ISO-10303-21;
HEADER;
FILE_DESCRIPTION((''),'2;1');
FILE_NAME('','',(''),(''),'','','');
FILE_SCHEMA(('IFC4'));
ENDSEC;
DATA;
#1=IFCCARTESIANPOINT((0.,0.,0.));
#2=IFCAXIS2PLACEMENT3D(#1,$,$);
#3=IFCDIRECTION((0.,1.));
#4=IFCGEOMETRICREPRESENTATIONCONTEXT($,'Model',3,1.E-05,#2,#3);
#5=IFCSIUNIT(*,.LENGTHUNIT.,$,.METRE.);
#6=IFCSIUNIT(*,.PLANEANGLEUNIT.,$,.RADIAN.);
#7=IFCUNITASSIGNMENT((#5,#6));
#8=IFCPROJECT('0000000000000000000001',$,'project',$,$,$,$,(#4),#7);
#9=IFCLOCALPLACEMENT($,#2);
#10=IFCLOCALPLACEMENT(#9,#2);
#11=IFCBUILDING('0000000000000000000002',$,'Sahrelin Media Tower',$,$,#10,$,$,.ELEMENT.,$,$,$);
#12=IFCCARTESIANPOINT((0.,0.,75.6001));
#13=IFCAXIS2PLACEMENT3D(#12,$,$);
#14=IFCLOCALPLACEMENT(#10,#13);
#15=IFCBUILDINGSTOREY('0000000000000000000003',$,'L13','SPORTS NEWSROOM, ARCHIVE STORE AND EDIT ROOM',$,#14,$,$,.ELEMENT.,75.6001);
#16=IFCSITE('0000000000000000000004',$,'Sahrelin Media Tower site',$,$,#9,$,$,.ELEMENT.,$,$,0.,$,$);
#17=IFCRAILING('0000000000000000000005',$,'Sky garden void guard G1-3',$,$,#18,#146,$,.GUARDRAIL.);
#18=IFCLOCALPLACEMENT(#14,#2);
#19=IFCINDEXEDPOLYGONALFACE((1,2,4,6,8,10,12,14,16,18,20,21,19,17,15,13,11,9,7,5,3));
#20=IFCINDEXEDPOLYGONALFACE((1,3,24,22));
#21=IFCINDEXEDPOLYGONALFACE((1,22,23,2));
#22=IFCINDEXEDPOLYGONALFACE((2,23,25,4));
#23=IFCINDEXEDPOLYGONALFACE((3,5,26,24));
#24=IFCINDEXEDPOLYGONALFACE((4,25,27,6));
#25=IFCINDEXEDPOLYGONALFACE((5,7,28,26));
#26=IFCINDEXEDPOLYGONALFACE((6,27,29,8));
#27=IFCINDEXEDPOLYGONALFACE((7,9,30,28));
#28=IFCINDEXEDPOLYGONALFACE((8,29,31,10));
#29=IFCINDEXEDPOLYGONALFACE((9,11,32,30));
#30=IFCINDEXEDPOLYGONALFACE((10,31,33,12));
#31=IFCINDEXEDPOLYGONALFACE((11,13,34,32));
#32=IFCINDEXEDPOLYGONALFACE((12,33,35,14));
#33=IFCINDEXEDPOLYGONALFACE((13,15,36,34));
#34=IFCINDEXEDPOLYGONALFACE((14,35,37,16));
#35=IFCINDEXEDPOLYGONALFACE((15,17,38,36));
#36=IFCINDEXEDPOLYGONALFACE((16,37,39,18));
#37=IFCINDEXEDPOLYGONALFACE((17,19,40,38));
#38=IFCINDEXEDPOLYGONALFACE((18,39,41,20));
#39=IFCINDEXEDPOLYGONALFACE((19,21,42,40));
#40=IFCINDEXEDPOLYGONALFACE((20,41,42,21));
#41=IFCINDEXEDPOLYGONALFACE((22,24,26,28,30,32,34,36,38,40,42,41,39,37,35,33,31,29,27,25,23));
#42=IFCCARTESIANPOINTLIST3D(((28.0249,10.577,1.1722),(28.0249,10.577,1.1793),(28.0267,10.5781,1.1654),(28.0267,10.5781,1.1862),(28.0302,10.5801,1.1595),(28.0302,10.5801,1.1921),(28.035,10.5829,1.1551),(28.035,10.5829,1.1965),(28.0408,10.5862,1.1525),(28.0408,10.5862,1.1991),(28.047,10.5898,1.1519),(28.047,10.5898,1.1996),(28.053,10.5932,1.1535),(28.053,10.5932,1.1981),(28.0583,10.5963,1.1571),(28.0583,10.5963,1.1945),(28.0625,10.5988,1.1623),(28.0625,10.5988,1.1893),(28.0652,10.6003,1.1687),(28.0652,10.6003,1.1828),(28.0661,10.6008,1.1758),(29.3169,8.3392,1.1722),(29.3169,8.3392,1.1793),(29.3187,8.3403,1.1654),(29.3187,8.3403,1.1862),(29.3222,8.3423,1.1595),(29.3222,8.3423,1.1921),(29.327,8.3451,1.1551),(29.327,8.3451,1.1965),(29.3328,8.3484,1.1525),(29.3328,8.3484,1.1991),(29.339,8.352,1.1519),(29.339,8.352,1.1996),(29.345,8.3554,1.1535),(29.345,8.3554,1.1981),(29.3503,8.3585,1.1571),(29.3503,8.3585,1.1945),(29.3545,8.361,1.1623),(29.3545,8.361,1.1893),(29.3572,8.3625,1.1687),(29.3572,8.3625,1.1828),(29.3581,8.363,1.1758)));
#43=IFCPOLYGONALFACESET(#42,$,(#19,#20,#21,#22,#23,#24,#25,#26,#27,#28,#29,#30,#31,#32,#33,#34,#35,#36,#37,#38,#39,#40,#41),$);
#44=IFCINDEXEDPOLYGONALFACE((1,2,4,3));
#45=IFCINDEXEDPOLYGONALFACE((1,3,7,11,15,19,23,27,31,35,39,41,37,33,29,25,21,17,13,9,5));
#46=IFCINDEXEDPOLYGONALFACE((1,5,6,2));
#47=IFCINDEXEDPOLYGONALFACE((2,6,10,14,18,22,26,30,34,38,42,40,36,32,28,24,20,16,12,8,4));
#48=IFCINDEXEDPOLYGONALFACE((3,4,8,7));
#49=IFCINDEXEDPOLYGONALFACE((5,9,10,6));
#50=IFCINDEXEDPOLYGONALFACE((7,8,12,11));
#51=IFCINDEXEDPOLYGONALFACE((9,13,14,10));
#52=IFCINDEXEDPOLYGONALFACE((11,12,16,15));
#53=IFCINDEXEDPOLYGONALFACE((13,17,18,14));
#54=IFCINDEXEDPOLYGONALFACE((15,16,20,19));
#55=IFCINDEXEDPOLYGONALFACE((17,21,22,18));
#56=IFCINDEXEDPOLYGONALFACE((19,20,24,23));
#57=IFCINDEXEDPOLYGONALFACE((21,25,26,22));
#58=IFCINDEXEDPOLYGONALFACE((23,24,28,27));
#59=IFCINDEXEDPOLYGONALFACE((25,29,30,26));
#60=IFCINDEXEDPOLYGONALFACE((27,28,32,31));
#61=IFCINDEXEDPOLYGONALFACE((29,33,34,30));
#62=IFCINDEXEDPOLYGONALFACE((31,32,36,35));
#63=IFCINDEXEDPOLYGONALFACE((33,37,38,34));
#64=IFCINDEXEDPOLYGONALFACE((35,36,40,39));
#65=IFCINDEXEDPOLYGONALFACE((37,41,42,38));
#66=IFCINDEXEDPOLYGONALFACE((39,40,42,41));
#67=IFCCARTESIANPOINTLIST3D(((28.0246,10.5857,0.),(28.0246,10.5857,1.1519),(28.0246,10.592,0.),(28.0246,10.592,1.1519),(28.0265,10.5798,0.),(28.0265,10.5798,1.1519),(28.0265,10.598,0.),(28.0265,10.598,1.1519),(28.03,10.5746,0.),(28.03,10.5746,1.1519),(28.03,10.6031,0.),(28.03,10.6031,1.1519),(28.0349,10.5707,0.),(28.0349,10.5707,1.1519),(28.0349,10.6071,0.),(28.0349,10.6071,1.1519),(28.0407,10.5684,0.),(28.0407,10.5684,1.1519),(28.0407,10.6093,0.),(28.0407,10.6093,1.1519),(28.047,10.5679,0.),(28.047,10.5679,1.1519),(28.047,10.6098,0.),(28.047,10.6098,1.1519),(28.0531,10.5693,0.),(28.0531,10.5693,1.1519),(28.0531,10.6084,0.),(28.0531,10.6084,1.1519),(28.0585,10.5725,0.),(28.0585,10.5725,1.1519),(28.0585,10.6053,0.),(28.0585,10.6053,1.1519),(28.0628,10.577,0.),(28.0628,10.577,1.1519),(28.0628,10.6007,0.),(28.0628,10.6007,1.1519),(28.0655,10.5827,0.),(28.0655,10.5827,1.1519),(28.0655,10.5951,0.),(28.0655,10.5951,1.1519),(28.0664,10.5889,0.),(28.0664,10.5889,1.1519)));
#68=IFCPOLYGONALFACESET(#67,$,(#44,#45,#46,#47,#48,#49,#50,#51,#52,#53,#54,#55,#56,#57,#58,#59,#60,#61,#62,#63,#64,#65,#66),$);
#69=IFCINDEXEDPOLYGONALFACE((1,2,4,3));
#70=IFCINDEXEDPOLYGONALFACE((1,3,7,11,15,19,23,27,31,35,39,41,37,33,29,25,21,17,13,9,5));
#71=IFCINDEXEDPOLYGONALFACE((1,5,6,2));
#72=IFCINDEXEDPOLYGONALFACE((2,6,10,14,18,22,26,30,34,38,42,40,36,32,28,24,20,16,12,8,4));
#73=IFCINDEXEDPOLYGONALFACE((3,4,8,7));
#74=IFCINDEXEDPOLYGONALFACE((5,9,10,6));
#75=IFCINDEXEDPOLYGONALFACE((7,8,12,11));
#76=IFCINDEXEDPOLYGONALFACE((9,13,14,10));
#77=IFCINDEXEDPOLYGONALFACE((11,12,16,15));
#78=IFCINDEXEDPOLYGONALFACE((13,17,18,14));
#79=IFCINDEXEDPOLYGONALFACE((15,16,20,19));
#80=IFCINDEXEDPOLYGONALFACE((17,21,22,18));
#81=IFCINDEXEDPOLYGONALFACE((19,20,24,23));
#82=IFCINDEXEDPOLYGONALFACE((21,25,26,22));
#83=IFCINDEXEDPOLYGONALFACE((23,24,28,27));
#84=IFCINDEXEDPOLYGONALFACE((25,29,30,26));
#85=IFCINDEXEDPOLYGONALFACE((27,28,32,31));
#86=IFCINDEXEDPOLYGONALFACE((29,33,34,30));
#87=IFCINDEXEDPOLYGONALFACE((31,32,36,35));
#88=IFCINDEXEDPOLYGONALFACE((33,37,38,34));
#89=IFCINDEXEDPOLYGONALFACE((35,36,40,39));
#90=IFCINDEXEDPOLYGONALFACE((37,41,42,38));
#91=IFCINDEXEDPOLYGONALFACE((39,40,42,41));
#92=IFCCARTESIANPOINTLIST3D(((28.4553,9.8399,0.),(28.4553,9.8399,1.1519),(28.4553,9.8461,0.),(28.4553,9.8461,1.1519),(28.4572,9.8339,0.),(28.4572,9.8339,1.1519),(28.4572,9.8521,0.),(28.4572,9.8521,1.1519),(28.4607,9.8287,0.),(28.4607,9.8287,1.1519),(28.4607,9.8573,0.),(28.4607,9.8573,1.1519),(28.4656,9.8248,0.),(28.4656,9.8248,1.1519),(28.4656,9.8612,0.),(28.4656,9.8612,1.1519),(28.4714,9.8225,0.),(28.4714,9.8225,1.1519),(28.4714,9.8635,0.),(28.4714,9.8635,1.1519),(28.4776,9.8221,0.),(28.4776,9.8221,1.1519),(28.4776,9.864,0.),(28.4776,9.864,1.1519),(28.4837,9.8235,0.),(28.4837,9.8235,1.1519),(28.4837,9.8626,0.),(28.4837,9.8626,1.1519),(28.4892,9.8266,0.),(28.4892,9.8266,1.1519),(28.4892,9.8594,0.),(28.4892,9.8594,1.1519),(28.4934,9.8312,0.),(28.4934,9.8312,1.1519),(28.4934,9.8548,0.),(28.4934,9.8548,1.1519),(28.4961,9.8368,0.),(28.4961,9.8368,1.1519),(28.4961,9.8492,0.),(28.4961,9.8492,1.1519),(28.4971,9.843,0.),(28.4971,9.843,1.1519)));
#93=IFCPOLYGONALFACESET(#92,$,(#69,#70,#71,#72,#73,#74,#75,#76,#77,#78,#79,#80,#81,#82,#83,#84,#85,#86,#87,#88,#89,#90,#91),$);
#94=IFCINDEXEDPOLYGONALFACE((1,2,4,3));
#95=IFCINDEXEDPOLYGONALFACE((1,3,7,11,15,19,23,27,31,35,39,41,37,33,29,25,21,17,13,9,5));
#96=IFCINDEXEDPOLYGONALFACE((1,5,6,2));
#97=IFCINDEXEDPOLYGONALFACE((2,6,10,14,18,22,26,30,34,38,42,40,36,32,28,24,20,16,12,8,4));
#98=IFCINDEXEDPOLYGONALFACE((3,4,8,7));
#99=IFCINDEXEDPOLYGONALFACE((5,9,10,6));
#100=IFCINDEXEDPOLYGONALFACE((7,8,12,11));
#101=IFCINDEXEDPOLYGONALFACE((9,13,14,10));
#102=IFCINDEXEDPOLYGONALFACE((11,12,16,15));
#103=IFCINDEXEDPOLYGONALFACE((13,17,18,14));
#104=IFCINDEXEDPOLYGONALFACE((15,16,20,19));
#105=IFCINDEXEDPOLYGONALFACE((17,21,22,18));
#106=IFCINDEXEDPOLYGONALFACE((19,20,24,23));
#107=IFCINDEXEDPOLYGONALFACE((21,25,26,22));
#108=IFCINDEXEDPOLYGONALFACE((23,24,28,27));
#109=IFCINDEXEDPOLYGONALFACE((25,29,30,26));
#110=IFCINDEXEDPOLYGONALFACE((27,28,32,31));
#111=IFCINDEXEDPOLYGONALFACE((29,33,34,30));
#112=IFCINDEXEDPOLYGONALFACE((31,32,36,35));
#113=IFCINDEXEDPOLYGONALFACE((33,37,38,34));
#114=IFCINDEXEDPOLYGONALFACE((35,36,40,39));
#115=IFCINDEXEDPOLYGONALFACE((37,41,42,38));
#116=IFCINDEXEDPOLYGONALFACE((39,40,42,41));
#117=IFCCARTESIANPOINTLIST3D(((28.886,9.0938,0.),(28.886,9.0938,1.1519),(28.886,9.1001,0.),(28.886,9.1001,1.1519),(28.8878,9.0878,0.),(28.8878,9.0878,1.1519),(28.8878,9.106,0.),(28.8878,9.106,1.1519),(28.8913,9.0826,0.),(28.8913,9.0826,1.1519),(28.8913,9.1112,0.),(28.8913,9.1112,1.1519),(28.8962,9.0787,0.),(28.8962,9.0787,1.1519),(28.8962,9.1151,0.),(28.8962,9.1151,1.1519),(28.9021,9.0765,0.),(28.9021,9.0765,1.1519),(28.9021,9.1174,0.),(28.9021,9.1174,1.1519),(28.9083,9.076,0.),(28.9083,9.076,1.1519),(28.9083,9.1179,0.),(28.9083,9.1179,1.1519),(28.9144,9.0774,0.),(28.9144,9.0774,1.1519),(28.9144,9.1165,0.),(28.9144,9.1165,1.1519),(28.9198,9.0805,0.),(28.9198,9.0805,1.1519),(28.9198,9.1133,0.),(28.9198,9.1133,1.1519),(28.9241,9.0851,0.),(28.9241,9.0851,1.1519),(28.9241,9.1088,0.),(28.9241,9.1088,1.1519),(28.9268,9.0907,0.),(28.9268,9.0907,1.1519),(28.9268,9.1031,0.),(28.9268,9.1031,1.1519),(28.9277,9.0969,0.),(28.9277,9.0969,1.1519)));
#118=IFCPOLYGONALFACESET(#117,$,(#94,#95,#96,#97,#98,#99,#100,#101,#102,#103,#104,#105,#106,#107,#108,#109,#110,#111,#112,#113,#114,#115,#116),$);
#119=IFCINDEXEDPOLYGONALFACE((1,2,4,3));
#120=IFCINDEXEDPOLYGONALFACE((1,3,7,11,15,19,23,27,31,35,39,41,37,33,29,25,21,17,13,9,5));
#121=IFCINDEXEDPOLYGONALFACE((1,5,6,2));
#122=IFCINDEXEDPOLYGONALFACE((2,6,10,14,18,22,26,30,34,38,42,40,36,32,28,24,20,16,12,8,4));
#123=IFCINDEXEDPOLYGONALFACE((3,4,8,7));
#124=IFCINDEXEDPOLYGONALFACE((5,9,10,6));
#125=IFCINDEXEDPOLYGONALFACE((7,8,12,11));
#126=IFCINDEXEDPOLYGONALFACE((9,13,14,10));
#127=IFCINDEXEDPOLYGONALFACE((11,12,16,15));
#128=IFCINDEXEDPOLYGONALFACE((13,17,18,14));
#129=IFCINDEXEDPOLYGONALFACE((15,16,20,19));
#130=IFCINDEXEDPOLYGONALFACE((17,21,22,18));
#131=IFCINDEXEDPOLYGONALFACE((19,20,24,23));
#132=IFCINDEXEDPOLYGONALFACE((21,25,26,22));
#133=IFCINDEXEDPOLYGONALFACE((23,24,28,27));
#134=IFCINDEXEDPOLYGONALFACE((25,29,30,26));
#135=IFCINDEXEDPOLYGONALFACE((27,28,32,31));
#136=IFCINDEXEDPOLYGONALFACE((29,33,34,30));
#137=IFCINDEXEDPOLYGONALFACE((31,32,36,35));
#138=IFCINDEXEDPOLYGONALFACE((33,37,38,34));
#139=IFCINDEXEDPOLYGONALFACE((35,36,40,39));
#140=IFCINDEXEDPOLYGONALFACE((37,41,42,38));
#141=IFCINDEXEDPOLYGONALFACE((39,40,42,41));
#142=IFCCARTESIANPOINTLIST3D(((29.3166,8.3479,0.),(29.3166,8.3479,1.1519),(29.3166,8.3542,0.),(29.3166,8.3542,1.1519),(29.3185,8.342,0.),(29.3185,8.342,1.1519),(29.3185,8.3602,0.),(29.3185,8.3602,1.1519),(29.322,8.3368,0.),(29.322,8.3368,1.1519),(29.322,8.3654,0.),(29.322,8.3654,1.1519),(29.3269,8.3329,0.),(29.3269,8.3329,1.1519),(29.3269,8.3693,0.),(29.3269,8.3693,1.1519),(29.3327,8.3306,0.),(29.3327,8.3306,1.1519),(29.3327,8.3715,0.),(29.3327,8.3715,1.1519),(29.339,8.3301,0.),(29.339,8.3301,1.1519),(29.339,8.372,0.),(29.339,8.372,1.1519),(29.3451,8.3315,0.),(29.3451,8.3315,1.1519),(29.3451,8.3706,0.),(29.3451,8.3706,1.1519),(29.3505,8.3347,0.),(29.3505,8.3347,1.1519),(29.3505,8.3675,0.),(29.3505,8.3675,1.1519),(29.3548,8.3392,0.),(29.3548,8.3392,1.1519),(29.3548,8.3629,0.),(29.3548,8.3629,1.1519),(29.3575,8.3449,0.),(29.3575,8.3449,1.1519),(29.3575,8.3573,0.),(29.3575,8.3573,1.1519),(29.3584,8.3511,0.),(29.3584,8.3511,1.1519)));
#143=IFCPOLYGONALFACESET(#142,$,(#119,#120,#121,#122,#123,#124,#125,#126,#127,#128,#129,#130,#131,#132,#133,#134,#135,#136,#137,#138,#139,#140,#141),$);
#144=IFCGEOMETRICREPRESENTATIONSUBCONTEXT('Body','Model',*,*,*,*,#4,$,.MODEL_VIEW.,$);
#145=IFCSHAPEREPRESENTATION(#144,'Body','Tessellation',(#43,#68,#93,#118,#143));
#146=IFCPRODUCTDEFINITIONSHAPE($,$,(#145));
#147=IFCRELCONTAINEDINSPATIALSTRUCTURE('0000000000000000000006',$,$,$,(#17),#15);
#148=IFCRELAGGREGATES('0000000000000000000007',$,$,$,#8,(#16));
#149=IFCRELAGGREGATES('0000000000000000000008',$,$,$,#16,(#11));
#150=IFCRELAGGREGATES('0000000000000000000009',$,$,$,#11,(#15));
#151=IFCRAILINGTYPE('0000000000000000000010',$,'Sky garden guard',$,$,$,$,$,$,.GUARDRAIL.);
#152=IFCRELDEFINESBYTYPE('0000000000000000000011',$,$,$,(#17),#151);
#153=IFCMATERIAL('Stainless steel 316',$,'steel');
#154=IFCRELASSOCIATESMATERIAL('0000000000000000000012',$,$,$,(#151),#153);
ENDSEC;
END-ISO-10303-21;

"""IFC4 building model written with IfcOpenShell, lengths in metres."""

from ifc_helpers import new_model, si_unit, direction, frame, origin, origin_2d, place, context, subcontext, project, spatial, circle, extrude, material, type_object, element, save


model = new_model("IFC4")

# Units and contexts
model_context = context("Model", 3, precision=1e-05, world=origin(), true_north=direction((0.0, 1.0)))
body_context = subcontext(model_context, "Body", "Model", "MODEL_VIEW")
ifc_project = project(units=[si_unit("LENGTHUNIT", "METRE"), si_unit("PLANEANGLEUNIT", "RADIAN")], contexts=[model_context])

# Site, building, storey
site_placement = place(None, origin())
site = spatial("IfcSite", under=ifc_project, at=site_placement, Name="Sahrelin Media Tower site", CompositionType="ELEMENT", RefElevation=0.0)
building_placement = place(site_placement, origin())
building = spatial("IfcBuilding", under=site, at=building_placement, Name="Sahrelin Media Tower", CompositionType="ELEMENT")
storey_placement = place(building_placement, frame((0.0, 0.0, 75.6001)))
storey = spatial("IfcBuildingStorey", under=building, at=storey_placement, Name="L13", Description="SPORTS NEWSROOM, ARCHIVE STORE AND EDIT ROOM", CompositionType="ELEMENT", Elevation=75.6001)

# Railing
ifc_material_1 = material(Name="Stainless steel 316", Category="steel")
railing_type = type_object("IfcRailingType", Name="Sky garden guard", PredefinedType="GUARDRAIL", material=ifc_material_1)
railing_1_placement = place(storey_placement, frame((28.0454, 10.5889, 0.0)))
element("IfcRailing", 1, at=railing_1_placement, inside=storey, type_object=railing_type, Name="Sky garden void guard G1-3", PredefinedType="GUARDRAIL", context=body_context, shape_type="SweptSolid", body=[
    extrude(circle(Radius=0.0239, at=origin_2d()), frame((0.0, 0.0, 1.1758), z_axis=(0.500001, -0.866025, 0.0), x_axis=(0.866025, 0.500001, 0.0)), (0.0, 0.0, 1.0), 2.584),
    extrude(circle(Radius=0.021, at=origin_2d()), origin(), (0.0, 0.0, 1.0), 1.1519),
    extrude(circle(Radius=0.021, at=origin_2d()), frame((0.4307, -0.7458, 0.0)), (0.0, 0.0, 1.0), 1.1519),
    extrude(circle(Radius=0.021, at=origin_2d()), frame((0.8613, -1.4919, 0.0)), (0.0, 0.0, 1.0), 1.1519),
    extrude(circle(Radius=0.021, at=origin_2d()), frame((1.292, -2.2378, 0.0)), (0.0, 0.0, 1.0), 1.1519),
])

save(model, "model.ifc")
